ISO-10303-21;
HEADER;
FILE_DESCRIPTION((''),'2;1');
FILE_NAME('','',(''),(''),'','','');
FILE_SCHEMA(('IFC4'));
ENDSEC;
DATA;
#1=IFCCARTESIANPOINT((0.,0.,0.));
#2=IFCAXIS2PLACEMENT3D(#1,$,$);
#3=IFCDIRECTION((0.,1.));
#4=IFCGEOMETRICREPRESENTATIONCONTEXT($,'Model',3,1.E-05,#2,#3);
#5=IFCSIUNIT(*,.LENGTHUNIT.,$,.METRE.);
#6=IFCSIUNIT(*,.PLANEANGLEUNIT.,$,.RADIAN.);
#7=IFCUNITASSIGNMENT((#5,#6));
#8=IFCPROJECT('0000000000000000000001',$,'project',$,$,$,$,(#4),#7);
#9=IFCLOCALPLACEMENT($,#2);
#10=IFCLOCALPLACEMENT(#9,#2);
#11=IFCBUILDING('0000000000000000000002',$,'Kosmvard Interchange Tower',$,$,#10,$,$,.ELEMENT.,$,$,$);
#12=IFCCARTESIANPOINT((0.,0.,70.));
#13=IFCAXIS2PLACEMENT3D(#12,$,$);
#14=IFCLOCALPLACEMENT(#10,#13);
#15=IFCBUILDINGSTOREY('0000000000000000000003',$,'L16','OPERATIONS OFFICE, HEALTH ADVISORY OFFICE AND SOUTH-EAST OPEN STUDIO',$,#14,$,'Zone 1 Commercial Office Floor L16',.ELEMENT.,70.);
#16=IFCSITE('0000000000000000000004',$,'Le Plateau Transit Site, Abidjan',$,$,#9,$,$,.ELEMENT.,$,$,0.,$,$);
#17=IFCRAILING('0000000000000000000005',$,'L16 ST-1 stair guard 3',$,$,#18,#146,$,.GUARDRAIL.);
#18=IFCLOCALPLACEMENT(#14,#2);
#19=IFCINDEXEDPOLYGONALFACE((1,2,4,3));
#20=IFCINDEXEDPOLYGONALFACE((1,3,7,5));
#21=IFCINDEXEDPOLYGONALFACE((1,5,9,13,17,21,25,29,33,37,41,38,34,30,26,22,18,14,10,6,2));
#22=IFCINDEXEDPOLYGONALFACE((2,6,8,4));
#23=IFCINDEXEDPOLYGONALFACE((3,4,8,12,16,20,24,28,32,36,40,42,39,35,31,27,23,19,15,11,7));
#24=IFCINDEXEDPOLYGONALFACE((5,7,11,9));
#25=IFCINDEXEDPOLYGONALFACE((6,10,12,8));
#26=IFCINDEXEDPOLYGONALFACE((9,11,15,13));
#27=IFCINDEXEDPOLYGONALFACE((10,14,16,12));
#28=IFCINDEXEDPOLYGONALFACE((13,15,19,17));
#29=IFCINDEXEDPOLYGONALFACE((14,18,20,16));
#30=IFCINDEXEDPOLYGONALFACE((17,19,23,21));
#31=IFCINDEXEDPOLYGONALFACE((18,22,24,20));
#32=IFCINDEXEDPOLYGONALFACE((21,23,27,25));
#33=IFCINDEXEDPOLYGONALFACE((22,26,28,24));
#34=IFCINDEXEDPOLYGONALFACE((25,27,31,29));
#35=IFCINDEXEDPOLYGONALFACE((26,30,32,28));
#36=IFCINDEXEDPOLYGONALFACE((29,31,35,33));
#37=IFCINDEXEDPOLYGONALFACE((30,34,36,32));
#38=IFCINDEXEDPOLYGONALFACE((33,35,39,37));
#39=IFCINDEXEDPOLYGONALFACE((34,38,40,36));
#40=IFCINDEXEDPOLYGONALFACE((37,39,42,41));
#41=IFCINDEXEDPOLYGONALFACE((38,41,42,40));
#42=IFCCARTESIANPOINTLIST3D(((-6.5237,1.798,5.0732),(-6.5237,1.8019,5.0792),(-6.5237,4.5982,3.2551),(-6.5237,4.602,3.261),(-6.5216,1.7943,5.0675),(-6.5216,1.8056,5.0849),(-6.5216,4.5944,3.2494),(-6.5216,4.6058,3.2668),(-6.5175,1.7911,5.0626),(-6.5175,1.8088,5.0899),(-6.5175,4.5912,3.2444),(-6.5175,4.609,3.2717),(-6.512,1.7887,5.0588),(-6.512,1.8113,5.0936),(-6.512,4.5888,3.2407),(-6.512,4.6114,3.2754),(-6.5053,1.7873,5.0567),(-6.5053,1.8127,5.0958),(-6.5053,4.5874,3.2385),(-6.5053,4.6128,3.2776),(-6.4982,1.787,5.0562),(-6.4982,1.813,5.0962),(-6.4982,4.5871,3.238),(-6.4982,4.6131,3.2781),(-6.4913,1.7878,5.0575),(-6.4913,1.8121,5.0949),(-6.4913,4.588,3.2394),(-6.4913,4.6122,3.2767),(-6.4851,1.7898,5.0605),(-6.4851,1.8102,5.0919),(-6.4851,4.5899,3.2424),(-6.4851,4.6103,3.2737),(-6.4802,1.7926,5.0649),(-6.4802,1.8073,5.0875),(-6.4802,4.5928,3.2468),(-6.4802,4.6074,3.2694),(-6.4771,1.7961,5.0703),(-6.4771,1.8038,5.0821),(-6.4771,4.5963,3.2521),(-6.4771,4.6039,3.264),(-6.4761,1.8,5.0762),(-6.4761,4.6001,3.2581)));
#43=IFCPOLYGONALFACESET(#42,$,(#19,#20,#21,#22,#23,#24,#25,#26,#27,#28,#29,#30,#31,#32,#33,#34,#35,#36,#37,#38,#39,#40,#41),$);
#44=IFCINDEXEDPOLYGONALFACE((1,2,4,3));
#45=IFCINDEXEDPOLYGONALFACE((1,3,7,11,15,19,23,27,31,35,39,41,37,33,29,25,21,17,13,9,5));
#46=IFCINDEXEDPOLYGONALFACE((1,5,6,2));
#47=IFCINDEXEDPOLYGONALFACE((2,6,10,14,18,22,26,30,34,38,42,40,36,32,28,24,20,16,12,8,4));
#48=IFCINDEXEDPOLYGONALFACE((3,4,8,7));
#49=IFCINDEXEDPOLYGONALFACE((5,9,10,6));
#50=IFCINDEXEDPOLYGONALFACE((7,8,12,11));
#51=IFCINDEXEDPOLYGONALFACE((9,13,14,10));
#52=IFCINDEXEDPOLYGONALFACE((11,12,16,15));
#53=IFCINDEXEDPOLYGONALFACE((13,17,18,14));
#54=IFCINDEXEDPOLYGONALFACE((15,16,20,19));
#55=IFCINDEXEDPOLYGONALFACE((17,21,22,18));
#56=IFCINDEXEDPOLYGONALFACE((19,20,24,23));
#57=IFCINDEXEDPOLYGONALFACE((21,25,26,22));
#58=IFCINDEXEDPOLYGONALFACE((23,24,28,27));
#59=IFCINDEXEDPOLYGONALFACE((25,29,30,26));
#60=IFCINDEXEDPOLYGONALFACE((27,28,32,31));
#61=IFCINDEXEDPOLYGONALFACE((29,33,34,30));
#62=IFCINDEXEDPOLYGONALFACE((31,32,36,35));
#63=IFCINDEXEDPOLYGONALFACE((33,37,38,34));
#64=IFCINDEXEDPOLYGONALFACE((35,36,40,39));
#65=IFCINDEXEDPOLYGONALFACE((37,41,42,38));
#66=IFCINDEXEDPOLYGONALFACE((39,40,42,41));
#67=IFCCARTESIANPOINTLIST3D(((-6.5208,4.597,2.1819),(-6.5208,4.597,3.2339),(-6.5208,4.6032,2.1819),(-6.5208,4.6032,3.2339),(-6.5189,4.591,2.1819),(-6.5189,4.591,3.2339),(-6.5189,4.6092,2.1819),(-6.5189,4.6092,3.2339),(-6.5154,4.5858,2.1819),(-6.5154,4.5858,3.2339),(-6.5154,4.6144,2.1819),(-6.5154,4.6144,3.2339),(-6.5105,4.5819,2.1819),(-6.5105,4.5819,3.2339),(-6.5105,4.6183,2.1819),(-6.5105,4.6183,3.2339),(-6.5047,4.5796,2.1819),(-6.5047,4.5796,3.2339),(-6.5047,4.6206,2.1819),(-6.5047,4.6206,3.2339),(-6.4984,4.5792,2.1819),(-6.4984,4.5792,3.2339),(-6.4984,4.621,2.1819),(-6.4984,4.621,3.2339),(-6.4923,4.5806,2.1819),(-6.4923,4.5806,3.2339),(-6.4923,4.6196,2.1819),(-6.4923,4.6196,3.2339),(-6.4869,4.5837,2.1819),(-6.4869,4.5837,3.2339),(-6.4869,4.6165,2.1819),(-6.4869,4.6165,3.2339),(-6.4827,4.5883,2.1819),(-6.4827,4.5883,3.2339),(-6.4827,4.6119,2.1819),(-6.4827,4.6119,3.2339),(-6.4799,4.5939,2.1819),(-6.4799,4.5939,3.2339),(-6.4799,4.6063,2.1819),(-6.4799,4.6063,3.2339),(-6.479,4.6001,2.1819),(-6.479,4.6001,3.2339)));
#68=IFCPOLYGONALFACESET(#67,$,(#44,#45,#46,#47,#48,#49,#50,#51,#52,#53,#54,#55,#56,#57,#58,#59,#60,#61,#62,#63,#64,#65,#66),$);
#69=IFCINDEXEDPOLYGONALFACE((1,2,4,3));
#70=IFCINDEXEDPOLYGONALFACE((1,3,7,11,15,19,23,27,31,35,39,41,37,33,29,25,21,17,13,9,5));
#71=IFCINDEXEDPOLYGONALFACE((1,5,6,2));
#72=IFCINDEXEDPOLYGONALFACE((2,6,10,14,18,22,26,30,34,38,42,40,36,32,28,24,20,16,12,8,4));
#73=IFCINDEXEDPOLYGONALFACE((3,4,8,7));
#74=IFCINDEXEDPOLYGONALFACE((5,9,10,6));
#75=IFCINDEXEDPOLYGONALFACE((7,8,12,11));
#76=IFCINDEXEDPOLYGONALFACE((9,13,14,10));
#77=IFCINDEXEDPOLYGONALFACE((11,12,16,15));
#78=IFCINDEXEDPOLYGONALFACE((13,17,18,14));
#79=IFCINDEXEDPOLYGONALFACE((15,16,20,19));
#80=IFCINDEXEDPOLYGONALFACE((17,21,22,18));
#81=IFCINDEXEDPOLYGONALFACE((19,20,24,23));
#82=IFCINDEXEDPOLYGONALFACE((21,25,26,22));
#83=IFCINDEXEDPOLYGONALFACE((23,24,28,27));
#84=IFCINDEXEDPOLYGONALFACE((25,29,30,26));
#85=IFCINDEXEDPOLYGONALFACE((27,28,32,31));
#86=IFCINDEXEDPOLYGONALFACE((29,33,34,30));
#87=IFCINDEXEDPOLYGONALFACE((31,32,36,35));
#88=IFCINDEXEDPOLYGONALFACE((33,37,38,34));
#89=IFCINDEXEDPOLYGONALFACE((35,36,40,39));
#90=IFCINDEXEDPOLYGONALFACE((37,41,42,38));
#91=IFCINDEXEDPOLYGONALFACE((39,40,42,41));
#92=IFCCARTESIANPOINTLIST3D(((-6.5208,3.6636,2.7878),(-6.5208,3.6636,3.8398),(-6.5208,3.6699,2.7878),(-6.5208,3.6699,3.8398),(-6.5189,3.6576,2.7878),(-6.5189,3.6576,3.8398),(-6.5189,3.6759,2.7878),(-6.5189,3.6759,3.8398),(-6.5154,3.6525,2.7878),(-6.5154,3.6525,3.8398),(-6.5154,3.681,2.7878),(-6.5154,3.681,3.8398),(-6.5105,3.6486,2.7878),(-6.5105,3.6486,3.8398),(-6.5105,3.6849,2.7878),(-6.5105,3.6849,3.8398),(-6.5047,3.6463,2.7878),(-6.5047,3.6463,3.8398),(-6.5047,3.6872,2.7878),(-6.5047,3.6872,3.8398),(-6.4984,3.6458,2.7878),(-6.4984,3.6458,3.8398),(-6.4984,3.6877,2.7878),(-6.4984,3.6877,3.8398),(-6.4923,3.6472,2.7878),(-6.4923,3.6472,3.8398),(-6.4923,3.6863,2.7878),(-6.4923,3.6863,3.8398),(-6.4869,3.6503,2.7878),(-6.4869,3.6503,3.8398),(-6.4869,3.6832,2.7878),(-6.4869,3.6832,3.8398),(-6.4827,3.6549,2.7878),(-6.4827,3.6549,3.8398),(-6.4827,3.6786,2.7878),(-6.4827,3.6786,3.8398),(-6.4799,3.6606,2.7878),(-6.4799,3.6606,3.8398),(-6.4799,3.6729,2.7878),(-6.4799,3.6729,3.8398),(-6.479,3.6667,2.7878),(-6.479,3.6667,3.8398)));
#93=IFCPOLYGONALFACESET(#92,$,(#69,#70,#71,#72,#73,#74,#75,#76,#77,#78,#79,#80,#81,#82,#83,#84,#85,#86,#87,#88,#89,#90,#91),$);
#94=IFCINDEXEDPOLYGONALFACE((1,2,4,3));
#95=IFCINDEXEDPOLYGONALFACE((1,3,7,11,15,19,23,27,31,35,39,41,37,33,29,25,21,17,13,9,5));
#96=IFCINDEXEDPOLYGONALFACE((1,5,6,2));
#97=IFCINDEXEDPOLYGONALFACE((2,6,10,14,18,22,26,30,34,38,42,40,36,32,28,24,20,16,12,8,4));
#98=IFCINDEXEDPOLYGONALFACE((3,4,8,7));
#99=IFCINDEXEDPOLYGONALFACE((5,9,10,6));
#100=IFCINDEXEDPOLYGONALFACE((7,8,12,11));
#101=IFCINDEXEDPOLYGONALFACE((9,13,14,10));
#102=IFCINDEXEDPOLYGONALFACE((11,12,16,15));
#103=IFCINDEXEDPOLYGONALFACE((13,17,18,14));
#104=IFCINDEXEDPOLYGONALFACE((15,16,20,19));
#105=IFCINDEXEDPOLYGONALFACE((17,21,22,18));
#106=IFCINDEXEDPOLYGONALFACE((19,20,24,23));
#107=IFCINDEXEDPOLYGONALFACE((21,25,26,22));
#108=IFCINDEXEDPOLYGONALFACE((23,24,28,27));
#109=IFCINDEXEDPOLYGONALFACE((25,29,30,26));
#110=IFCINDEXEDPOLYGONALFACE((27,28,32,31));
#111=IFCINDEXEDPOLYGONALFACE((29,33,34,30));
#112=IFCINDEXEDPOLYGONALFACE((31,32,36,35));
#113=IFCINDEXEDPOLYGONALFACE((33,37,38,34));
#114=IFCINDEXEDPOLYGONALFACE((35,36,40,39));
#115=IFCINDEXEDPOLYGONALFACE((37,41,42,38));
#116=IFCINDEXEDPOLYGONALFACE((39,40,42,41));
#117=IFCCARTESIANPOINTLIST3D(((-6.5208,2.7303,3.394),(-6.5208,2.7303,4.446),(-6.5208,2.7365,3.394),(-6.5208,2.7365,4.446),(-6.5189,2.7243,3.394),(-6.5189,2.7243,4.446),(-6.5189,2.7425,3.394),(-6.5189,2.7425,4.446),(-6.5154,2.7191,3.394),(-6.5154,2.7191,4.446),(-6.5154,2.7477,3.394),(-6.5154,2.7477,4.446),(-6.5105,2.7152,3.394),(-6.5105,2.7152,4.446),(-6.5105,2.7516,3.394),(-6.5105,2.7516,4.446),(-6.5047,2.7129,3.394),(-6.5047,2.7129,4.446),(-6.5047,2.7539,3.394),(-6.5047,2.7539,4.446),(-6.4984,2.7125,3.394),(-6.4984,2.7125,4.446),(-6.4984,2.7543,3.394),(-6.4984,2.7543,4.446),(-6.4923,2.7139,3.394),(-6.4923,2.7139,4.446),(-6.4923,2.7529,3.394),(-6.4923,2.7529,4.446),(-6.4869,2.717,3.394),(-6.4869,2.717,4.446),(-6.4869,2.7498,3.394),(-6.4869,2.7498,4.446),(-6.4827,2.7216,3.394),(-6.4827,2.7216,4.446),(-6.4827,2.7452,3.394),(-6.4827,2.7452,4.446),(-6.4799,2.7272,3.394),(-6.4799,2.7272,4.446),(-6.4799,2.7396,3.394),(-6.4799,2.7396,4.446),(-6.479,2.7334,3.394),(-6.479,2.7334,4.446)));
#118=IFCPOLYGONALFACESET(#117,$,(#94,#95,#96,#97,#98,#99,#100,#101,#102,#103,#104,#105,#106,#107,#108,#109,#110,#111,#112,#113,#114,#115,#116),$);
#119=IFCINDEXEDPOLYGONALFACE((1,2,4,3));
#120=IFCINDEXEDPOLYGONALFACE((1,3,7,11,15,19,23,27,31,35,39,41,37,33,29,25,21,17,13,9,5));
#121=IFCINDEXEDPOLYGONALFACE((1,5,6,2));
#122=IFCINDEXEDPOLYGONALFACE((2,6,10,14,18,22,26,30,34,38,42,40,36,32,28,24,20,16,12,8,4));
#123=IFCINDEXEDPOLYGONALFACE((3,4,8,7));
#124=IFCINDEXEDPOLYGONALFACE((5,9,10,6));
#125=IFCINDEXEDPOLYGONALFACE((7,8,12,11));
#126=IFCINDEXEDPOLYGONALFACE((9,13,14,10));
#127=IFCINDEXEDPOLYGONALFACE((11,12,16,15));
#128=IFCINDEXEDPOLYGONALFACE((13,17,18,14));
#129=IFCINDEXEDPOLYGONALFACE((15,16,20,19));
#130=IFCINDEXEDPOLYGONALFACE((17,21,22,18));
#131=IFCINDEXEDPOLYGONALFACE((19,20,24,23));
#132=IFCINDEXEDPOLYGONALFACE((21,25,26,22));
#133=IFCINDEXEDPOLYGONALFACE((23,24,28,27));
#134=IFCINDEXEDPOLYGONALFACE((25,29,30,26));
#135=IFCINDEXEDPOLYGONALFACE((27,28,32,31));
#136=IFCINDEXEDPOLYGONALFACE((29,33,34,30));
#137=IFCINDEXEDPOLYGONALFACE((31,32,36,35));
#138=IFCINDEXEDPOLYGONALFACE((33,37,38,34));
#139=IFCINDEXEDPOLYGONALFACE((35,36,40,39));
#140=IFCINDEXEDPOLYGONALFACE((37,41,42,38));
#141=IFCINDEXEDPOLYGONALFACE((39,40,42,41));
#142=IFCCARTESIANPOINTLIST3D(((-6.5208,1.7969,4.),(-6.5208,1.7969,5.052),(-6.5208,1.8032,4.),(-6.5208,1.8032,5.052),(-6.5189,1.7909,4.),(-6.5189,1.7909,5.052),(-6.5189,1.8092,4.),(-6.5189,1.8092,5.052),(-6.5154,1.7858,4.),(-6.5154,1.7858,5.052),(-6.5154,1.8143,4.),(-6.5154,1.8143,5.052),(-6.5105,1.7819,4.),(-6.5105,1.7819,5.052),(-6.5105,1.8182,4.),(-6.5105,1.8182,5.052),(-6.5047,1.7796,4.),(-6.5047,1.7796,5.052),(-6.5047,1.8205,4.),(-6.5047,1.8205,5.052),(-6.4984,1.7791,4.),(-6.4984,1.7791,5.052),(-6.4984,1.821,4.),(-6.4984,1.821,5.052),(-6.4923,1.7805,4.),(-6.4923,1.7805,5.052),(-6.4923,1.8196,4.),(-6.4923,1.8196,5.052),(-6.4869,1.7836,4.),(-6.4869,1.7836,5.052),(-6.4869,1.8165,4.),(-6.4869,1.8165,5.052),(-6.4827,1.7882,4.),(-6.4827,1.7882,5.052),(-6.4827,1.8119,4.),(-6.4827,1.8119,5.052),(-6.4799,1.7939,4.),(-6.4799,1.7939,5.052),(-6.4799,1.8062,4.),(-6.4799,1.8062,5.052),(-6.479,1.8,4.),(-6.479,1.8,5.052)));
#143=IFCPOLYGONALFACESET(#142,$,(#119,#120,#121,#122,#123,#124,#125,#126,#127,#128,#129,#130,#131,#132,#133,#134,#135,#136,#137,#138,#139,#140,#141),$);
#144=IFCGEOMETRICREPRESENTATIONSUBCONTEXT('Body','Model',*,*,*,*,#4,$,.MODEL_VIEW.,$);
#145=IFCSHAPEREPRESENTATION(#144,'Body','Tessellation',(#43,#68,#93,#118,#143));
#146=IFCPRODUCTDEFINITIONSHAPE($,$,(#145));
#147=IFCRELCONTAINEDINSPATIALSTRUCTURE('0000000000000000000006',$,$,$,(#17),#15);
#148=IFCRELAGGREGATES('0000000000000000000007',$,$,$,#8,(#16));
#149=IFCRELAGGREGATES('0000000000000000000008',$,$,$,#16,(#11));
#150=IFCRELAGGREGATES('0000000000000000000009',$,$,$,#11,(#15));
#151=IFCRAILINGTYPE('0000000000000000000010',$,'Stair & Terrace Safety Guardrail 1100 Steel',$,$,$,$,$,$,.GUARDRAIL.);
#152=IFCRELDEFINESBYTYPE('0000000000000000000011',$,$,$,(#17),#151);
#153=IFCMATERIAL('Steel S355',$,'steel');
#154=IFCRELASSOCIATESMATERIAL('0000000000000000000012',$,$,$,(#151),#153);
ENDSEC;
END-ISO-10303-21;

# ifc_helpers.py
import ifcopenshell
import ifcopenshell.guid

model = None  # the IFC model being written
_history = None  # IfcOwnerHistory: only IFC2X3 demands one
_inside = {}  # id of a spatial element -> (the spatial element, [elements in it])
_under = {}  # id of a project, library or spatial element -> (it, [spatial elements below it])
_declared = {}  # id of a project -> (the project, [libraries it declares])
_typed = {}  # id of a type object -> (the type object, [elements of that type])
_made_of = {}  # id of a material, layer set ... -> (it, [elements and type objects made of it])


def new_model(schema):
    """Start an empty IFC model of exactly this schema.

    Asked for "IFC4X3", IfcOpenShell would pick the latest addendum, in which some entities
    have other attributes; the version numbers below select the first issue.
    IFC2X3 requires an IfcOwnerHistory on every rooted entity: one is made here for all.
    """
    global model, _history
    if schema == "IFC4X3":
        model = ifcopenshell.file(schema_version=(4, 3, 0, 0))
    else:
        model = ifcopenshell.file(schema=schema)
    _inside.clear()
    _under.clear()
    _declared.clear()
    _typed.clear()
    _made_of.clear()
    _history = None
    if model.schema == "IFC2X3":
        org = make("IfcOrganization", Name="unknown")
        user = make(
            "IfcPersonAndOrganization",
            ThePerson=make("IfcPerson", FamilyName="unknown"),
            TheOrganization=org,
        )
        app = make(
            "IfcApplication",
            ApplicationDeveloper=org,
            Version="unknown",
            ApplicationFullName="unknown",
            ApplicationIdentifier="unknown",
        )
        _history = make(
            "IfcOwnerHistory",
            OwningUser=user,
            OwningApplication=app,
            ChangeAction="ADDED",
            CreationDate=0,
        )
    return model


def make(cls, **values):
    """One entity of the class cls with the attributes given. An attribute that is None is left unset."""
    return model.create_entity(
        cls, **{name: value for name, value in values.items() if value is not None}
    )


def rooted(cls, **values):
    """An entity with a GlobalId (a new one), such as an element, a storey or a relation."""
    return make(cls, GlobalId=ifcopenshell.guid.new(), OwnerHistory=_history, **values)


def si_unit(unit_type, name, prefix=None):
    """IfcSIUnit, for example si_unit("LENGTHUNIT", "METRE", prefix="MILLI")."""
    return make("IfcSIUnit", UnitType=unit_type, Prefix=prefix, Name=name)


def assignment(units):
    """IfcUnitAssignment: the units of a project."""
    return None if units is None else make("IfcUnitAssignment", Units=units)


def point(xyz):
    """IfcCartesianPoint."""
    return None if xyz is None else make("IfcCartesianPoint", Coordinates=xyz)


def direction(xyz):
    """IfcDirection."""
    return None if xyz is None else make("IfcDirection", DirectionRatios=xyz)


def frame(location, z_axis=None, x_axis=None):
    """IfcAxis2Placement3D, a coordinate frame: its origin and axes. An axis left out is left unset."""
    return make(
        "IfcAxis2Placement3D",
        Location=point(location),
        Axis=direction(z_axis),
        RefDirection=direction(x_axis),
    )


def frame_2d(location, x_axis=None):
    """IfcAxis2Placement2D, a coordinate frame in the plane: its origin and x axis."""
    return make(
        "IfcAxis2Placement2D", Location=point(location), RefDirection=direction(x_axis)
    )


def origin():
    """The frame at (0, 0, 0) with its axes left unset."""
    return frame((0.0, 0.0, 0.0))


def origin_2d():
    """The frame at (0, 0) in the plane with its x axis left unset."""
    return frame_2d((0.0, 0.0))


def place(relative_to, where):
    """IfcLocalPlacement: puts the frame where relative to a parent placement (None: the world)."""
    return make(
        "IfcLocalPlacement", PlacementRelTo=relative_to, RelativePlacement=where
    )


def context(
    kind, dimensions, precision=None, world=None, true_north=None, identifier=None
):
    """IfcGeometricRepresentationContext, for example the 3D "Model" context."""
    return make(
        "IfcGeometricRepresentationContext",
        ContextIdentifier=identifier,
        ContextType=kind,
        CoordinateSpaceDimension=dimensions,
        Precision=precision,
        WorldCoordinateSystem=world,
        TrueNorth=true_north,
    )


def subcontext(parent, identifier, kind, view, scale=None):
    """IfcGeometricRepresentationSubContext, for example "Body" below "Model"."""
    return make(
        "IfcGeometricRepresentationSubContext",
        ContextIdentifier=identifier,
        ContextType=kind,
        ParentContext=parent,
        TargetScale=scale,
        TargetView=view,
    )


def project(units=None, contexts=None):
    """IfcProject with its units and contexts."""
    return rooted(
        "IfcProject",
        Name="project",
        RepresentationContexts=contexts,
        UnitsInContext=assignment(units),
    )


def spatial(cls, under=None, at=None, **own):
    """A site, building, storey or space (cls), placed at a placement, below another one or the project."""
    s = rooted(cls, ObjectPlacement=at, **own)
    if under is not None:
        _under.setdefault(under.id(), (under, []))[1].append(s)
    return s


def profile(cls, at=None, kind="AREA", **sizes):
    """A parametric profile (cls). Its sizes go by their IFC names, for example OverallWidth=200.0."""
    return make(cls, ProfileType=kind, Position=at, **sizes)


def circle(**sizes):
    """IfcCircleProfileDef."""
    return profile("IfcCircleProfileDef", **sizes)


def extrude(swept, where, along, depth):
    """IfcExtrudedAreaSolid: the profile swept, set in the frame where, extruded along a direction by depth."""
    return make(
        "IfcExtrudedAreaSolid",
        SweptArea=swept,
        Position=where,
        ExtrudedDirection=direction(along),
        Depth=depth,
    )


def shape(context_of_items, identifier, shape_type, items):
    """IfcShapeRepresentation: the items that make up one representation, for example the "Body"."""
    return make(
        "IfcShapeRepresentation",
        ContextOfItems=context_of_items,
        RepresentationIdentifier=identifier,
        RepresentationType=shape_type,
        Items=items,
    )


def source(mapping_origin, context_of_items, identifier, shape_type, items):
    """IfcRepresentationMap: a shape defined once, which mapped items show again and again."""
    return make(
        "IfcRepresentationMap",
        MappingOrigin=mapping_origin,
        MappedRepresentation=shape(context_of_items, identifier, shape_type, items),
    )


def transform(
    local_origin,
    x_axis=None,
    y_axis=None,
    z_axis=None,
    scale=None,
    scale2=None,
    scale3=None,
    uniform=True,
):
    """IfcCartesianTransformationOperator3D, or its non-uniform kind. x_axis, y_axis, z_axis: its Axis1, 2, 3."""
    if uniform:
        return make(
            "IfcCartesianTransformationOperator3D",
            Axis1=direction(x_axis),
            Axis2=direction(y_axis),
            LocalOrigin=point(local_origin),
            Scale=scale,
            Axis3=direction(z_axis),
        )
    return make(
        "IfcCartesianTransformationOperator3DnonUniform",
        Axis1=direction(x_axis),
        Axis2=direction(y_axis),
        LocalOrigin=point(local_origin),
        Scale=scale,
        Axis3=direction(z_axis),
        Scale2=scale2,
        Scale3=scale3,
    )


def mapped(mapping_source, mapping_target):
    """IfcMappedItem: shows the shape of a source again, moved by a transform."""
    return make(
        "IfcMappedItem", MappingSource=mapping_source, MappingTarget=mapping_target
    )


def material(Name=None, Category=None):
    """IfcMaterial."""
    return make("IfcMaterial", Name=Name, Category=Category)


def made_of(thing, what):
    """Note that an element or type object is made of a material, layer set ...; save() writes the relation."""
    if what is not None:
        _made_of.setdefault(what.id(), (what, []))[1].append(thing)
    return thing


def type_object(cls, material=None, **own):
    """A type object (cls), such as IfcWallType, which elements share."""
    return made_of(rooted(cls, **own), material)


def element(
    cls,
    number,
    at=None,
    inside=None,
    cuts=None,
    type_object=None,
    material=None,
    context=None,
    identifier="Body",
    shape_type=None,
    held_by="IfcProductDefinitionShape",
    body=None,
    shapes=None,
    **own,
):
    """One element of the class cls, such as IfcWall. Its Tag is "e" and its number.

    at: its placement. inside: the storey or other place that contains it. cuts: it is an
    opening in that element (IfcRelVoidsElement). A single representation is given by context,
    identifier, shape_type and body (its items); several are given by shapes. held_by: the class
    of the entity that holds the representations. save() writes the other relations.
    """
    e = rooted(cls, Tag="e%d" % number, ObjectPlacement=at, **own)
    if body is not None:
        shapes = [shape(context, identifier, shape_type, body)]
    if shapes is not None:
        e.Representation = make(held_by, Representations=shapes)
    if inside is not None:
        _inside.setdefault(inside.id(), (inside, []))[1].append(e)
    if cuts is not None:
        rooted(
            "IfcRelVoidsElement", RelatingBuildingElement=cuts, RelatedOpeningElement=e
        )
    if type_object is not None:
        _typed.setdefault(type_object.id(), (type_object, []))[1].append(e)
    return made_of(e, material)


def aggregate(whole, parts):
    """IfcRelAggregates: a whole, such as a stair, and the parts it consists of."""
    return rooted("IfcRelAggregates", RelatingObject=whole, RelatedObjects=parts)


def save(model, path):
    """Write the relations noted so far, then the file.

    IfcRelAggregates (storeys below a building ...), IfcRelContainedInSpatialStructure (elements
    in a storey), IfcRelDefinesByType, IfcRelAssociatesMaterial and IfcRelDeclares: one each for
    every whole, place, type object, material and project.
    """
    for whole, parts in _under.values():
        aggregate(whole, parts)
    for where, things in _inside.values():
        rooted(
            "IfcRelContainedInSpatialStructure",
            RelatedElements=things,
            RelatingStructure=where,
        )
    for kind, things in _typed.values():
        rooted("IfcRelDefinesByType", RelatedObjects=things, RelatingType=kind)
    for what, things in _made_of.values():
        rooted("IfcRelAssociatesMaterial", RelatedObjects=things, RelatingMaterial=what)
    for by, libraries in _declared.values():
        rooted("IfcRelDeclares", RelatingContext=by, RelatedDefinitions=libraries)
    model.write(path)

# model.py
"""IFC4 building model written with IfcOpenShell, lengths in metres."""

from ifc_helpers import new_model, si_unit, direction, frame, origin, origin_2d, place, context, subcontext, project, spatial, circle, extrude, source, transform, mapped, material, type_object, element, save


model = new_model("IFC4")

# Units and contexts
model_context = context("Model", 3, precision=1e-05, world=origin(), true_north=direction((0.0, 1.0)))
body_context = subcontext(model_context, "Body", "Model", "MODEL_VIEW")
ifc_project = project(units=[si_unit("LENGTHUNIT", "METRE"), si_unit("PLANEANGLEUNIT", "RADIAN")], contexts=[model_context])

# Site, building, storey
site_placement = place(None, origin())
site = spatial("IfcSite", under=ifc_project, at=site_placement, Name="Le Plateau Transit Site, Abidjan", CompositionType="ELEMENT", RefElevation=0.0)
building_placement = place(site_placement, origin())
building = spatial("IfcBuilding", under=site, at=building_placement, Name="Kosmvard Interchange Tower", CompositionType="ELEMENT")
storey_placement = place(building_placement, frame((0.0, 0.0, 70.0)))
storey = spatial("IfcBuildingStorey", under=building, at=storey_placement, Name="L16", Description="OPERATIONS OFFICE, HEALTH ADVISORY OFFICE AND SOUTH-EAST OPEN STUDIO", LongName="Zone 1 Commercial Office Floor L16", CompositionType="ELEMENT", Elevation=70.0)

# Shared definitions
ifc_material_1 = material(Name="Steel S355", Category="steel")

# Railing
railing_type_1 = type_object("IfcRailingType", Name="Stair & Terrace Safety Guardrail 1100 Steel", PredefinedType="GUARDRAIL", material=ifc_material_1)
shared_shape_1 = source(origin(), body_context, "Body", "SweptSolid", [
    extrude(circle(Radius=0.0239, at=origin_2d()), frame((0.0, 0.0, 1.0762), z_axis=(0.0, -0.838706, 0.544585), x_axis=(1.0, 0.0, 0.0)), (0.0, 0.0, 1.0), 3.3386),
    extrude(circle(Radius=0.021, at=origin_2d()), origin(), (0.0, 0.0, 1.0), 1.052),
    extrude(circle(Radius=0.021, at=origin_2d()), frame((0.0, -0.9333, 0.606)), (0.0, 0.0, 1.0), 1.052),
    extrude(circle(Radius=0.021, at=origin_2d()), frame((0.0, -1.8667, 1.2122)), (0.0, 0.0, 1.0), 1.052),
    extrude(circle(Radius=0.021, at=origin_2d()), frame((0.0, -2.8, 1.8181)), (0.0, 0.0, 1.0), 1.052),
])
railing_1_placement = place(storey_placement, frame((-6.5, 4.6001, 2.1819)))
element("IfcRailing", 1, at=railing_1_placement, inside=storey, type_object=railing_type_1, Name="L16 ST-1 stair guard 3", PredefinedType="GUARDRAIL", context=body_context, shape_type="MappedRepresentation", body=[
    mapped(shared_shape_1, transform((0.0, 0.0, 0.0), scale=1.0)),
])

save(model, "model.ifc")
